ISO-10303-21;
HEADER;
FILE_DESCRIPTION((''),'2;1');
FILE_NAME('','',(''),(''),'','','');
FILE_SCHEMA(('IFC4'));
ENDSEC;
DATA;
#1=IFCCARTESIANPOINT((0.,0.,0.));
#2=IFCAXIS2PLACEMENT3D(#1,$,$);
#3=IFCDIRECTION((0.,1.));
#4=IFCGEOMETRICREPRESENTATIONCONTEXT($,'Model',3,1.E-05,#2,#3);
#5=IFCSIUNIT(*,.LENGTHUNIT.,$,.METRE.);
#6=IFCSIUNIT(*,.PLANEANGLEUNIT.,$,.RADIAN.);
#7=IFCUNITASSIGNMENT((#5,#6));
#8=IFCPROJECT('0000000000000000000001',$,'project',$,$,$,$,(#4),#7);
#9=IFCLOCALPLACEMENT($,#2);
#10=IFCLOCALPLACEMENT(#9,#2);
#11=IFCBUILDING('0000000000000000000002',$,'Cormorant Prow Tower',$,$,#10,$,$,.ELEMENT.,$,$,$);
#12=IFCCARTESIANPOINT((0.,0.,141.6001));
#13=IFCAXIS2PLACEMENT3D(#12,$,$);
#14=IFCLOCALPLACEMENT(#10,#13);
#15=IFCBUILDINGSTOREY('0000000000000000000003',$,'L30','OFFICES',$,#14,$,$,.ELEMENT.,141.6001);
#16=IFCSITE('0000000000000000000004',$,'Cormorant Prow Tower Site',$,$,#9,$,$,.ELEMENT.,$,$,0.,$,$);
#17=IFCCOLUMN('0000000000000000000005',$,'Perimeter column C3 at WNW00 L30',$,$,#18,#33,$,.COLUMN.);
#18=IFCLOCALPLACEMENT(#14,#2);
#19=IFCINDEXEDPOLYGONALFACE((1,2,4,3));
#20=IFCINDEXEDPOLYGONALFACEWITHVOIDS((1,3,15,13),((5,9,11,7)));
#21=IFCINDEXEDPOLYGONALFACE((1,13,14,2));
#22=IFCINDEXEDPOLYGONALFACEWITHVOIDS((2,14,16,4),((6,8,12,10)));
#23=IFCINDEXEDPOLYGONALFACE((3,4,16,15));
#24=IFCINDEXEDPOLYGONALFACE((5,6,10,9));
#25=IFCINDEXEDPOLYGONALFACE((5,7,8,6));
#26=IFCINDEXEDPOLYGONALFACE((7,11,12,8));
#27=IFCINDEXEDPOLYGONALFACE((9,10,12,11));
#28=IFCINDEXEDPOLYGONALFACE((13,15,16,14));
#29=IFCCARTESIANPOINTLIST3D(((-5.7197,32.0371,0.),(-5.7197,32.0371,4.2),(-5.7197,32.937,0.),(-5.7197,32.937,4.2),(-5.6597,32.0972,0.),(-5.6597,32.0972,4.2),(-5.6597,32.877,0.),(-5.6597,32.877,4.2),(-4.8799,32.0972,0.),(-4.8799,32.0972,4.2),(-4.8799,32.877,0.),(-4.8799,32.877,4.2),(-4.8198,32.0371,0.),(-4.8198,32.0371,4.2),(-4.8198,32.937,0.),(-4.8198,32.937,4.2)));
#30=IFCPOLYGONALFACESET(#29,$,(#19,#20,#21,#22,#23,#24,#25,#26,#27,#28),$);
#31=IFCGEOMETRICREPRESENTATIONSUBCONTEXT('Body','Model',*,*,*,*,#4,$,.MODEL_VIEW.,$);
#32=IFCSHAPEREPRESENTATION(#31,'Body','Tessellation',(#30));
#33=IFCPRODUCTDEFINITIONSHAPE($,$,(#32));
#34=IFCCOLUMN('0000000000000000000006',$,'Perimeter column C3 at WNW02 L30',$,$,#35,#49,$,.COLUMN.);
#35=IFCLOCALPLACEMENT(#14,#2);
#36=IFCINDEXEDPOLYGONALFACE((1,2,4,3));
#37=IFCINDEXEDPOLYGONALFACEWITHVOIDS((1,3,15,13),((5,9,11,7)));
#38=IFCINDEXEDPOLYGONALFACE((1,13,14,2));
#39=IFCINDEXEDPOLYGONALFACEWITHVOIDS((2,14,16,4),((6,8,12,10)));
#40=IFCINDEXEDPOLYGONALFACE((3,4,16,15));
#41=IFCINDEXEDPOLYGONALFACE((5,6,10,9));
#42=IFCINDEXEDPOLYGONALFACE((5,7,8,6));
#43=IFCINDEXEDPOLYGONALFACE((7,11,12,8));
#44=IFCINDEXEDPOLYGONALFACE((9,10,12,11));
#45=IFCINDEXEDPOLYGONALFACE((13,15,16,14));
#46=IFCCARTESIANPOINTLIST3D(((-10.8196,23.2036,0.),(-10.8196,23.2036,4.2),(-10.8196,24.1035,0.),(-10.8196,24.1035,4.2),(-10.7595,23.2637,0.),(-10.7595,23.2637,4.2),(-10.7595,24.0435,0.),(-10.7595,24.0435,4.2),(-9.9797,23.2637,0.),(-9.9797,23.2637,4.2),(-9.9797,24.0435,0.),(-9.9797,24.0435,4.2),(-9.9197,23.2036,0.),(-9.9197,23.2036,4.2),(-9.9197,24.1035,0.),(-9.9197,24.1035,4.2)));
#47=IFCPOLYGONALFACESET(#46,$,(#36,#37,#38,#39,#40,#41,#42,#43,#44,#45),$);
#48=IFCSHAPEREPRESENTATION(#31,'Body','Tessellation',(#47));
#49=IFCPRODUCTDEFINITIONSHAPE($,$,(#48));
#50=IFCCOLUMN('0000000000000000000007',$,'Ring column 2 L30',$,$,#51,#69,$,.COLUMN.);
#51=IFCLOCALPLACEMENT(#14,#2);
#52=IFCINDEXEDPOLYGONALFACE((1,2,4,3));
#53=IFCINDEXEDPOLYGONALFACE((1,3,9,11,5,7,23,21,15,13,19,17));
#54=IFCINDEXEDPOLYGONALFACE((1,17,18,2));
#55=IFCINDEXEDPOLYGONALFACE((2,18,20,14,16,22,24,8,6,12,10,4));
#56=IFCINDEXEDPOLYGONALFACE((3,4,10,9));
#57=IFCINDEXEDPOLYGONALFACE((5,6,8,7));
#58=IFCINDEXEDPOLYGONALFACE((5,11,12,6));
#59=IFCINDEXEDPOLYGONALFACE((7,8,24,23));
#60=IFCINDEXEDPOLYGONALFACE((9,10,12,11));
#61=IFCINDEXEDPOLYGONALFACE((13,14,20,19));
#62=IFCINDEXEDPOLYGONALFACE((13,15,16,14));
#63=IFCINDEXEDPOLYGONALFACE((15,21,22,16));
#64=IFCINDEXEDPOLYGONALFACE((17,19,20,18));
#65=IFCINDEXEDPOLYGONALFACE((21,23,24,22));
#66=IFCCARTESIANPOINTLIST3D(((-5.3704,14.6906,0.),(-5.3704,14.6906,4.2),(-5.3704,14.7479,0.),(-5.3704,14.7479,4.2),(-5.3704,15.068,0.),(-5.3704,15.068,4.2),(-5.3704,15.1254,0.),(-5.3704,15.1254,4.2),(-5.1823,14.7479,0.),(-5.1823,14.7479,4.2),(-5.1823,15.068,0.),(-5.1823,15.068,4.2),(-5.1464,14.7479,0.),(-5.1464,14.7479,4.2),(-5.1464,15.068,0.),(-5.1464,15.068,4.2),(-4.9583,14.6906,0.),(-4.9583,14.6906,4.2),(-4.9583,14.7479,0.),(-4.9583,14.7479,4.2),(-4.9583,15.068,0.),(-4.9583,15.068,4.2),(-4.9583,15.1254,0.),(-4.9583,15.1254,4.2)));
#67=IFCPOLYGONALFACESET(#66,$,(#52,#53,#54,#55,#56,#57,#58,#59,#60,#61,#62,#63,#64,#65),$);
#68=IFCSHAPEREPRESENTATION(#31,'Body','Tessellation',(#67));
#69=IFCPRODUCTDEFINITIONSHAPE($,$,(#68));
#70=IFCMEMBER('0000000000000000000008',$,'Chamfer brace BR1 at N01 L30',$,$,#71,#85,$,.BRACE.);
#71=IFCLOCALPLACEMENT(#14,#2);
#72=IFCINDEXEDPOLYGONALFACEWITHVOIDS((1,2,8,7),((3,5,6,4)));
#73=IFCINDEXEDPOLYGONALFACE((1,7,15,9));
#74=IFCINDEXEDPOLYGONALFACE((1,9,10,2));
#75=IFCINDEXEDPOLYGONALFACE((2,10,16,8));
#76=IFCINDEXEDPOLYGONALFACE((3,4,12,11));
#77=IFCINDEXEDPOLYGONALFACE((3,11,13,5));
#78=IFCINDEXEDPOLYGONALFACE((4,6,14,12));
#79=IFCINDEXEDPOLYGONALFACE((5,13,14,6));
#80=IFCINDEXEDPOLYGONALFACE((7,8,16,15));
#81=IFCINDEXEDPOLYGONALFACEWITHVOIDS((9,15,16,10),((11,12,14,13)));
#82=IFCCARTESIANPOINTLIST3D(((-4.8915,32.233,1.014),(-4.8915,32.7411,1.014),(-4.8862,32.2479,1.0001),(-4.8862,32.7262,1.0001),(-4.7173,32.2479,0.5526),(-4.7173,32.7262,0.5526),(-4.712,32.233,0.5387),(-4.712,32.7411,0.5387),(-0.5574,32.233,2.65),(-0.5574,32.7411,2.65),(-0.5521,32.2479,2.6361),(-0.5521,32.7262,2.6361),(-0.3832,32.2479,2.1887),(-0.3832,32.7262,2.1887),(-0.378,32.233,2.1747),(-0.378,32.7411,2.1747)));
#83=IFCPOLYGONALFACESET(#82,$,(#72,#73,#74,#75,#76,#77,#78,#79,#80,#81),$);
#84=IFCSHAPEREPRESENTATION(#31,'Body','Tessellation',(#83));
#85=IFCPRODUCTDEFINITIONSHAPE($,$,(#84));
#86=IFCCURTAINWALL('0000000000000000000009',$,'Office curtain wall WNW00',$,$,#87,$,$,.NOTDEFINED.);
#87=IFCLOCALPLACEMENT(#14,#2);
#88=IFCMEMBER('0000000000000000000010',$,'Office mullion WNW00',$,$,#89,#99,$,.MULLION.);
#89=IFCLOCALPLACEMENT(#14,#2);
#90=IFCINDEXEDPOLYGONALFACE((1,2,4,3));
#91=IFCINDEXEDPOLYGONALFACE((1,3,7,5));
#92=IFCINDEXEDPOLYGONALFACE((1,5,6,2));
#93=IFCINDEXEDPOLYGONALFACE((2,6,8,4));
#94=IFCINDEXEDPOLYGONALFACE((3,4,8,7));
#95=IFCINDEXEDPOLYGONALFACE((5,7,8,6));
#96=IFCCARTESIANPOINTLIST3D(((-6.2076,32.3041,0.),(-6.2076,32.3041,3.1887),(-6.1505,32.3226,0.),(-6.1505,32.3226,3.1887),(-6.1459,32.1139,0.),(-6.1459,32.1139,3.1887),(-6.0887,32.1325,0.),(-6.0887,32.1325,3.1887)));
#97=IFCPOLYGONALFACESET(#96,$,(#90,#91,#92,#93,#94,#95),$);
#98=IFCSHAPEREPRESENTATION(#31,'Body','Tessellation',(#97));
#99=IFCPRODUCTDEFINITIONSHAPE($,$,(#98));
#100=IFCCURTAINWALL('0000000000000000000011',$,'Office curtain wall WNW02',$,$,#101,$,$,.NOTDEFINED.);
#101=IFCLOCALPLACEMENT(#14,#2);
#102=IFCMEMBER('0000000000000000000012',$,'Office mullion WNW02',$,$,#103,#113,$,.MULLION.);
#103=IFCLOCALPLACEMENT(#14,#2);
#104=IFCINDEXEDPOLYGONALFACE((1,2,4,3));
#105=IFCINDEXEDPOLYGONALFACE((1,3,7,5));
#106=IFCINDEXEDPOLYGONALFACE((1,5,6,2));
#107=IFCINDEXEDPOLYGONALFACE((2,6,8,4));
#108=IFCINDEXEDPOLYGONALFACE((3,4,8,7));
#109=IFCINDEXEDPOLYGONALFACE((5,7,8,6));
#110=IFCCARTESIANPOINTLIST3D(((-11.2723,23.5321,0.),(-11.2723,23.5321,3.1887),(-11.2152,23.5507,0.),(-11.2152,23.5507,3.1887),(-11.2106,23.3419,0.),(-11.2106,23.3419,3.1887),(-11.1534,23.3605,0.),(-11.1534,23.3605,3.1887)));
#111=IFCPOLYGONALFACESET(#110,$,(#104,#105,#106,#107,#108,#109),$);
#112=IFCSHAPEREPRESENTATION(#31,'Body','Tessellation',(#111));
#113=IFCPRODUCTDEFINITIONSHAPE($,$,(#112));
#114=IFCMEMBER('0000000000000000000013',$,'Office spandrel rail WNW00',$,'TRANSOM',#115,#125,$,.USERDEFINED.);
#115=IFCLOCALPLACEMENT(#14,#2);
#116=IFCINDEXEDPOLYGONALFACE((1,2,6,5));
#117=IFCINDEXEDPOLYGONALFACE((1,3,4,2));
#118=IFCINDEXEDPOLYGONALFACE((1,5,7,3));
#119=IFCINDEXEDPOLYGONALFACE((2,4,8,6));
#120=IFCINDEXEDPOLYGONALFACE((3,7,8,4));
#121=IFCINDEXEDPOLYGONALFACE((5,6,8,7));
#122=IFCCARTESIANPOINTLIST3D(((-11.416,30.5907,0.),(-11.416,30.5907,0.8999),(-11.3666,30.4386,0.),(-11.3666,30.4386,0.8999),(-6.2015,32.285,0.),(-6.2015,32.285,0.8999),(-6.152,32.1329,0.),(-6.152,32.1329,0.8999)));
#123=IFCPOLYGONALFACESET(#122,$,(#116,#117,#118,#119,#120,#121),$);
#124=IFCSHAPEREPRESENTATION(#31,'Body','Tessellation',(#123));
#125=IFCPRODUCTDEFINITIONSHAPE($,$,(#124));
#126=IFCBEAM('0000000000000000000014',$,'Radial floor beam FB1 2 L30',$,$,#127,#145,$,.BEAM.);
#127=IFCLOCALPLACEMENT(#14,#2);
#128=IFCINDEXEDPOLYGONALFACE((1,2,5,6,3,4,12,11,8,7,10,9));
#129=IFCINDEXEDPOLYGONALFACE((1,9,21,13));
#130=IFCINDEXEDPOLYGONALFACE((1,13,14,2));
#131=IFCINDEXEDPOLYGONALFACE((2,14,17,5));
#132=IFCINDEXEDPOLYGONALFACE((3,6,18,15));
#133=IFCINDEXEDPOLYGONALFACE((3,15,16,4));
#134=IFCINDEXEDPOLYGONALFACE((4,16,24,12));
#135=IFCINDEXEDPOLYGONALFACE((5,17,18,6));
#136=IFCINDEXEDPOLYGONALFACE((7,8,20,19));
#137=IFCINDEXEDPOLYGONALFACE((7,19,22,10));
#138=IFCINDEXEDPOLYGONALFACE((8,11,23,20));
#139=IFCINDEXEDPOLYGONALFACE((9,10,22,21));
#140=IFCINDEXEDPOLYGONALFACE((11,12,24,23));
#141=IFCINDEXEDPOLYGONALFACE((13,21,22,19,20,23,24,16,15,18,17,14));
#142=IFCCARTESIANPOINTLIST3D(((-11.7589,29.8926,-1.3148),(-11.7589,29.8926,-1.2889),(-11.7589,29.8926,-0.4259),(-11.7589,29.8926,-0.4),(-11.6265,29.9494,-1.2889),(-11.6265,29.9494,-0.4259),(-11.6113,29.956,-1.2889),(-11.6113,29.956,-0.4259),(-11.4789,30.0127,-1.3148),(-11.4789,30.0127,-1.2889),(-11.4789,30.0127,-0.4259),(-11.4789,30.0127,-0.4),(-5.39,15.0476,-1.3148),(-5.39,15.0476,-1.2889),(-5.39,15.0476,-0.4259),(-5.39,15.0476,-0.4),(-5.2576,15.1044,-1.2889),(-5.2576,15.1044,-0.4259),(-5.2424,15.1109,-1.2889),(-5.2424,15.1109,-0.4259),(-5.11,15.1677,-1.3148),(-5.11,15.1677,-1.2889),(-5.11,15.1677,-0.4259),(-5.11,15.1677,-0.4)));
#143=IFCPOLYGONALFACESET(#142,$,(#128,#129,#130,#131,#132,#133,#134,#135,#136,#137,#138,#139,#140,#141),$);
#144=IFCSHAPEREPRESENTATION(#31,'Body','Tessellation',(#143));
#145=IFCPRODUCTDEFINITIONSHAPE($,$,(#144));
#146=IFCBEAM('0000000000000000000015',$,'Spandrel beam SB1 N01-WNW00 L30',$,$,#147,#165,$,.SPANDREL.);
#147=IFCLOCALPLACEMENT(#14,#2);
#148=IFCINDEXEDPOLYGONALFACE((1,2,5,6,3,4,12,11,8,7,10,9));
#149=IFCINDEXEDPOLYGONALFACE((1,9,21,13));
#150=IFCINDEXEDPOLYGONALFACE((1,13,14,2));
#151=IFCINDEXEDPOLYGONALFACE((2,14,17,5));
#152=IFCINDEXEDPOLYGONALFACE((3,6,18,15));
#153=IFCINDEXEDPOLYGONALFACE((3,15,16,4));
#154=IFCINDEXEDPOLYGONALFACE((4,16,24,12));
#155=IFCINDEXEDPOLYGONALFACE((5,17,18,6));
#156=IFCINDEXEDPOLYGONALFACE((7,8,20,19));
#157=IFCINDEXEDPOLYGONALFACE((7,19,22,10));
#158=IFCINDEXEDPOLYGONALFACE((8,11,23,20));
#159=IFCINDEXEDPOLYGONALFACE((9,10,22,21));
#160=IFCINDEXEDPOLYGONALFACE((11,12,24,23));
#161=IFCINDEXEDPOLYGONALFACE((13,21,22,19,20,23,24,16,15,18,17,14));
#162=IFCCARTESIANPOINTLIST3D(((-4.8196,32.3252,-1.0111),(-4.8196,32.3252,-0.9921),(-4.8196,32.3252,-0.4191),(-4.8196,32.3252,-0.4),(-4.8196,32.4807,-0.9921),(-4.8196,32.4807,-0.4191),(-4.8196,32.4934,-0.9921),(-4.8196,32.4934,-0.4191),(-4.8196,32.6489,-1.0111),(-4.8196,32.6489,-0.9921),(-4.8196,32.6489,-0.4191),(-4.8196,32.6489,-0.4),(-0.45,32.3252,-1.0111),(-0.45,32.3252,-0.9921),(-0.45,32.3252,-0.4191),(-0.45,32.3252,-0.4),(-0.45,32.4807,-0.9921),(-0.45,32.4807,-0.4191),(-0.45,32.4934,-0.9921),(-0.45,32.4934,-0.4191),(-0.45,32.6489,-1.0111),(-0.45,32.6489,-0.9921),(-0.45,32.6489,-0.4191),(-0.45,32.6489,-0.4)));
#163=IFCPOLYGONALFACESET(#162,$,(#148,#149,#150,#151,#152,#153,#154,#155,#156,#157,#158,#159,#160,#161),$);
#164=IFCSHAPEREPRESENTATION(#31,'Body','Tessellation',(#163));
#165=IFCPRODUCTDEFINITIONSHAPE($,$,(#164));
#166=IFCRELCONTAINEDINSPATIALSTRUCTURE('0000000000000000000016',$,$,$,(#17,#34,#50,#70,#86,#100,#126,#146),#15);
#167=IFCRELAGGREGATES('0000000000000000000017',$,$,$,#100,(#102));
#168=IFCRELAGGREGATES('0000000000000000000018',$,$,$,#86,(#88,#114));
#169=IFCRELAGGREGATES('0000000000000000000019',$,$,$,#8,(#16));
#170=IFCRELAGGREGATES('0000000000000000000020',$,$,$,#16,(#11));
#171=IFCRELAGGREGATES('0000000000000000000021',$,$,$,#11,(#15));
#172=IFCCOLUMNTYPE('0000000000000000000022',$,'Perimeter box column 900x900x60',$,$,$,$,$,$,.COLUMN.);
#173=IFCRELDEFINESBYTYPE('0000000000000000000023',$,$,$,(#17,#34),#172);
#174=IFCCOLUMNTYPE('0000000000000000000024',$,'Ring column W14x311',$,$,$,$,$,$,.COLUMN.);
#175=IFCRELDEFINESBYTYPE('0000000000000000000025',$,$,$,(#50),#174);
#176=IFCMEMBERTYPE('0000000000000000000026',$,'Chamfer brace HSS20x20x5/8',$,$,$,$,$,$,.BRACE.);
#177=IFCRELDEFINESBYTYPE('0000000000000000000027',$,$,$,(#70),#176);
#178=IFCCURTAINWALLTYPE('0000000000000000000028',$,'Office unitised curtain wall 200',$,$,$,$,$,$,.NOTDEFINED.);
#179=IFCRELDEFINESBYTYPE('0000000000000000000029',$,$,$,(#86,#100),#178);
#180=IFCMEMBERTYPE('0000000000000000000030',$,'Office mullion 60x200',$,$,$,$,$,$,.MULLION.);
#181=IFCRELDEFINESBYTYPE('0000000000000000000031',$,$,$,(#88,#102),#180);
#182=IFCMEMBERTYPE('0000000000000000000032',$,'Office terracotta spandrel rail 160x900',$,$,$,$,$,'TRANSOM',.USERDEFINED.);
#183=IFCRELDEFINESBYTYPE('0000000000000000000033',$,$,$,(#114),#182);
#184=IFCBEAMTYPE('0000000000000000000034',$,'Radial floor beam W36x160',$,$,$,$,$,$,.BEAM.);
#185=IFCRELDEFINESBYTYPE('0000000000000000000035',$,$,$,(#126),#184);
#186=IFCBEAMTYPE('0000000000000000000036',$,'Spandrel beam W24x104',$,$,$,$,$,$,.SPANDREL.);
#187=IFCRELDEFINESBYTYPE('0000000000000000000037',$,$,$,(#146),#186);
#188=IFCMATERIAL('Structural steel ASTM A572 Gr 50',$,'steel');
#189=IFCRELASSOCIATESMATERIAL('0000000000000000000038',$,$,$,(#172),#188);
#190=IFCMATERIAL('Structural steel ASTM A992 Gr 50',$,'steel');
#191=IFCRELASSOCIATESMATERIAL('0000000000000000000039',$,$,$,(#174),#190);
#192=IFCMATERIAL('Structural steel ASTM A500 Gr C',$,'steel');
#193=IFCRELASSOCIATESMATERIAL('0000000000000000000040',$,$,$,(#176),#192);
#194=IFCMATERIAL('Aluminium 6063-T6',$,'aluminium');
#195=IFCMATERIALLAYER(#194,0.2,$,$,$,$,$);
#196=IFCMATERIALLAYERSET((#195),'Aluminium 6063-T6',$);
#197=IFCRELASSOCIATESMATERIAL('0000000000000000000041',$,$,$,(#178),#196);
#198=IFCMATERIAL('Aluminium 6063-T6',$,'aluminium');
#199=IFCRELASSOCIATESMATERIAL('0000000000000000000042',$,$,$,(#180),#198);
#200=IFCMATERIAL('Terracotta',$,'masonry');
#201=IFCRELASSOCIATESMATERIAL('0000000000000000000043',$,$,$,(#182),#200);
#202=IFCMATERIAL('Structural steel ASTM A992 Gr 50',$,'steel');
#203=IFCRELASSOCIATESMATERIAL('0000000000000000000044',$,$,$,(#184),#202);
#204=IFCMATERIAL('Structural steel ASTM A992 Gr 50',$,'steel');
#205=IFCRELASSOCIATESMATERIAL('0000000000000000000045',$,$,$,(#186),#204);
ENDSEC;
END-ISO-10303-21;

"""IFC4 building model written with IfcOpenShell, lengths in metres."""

from ifc_helpers import new_model, si_unit, direction, frame, origin, origin_2d, place, context, subcontext, project, spatial, rectangle, hollow_rectangle, i_section, extrude, material, layer, layer_set, material_profile, profile_set, type_object, element, aggregate, save


model = new_model("IFC4")

# Units and contexts
model_context = context("Model", 3, precision=1e-05, world=origin(), true_north=direction((0.0, 1.0)))
body_context = subcontext(model_context, "Body", "Model", "MODEL_VIEW")
ifc_project = project(units=[si_unit("LENGTHUNIT", "METRE"), si_unit("PLANEANGLEUNIT", "RADIAN")], contexts=[model_context])

# Site, building, storey
site_placement = place(None, origin())
site = spatial("IfcSite", under=ifc_project, at=site_placement, Name="Cormorant Prow Tower Site", CompositionType="ELEMENT", RefElevation=0.0)
building_placement = place(site_placement, origin())
building = spatial("IfcBuilding", under=site, at=building_placement, Name="Cormorant Prow Tower", CompositionType="ELEMENT")
storey_placement = place(building_placement, frame((0.0, 0.0, 141.6001)))
storey = spatial("IfcBuildingStorey", under=building, at=storey_placement, Name="L30", Description="OFFICES", CompositionType="ELEMENT", Elevation=141.6001)

# Columns
ifc_material_1 = material(Name="Structural steel ASTM A572 Gr 50", Category="steel")
ifc_material_profile_1 = material_profile(ifc_material_1, hollow_rectangle(XDim=0.8999, YDim=0.8999, WallThickness=0.0601, at=origin_2d()), Name="Box 900x900x60")
ifc_profile_set_1 = profile_set([ifc_material_profile_1], Name="Structural steel ASTM A572 Gr 50")
column_type_1 = type_object("IfcColumnType", Name="Perimeter box column 900x900x60", PredefinedType="COLUMN", material=ifc_profile_set_1)
for number, where, z_axis, x_axis, name in (
    (1, (-5.2698, 32.4871, 0.0), (0.0, 0.0, 1.0), (1.0, 0.0, 0.0), "Perimeter column C3 at WNW00 L30"),
    (2, (-10.3696, 23.6536, 0.0), (0.0, 0.0, 1.0), (1.0, 0.0, 0.0), "Perimeter column C3 at WNW02 L30"),
):
    element("IfcColumn", number, at=place(storey_placement, frame(where, z_axis=z_axis, x_axis=x_axis)), inside=storey, type_object=column_type_1, Name=name, PredefinedType="COLUMN", context=body_context, shape_type="SweptSolid", body=[
        extrude(hollow_rectangle(XDim=0.8999, YDim=0.8999, WallThickness=0.0601, at=origin_2d()), origin(), (0.0, 0.0, 1.0), 4.2),
    ])
ifc_material_2 = material(Name="Structural steel ASTM A992 Gr 50", Category="steel")
ifc_material_profile_2 = material_profile(ifc_material_2, i_section(OverallWidth=0.4121, OverallDepth=0.4348, WebThickness=0.0359, FlangeThickness=0.0574, at=origin_2d()), Name="W14x311")
ifc_profile_set_2 = profile_set([ifc_material_profile_2], Name="Structural steel ASTM A992 Gr 50")
column_type_2 = type_object("IfcColumnType", Name="Ring column W14x311", PredefinedType="COLUMN", material=ifc_profile_set_2)
column_placement = place(storey_placement, frame((-5.1643, 14.908, 0.0), z_axis=(0.0, 0.0, 1.0), x_axis=(1.0, 0.0, 0.0)))
element("IfcColumn", 3, at=column_placement, inside=storey, type_object=column_type_2, Name="Ring column 2 L30", PredefinedType="COLUMN", context=body_context, shape_type="SweptSolid", body=[
    extrude(i_section(OverallWidth=0.4121, OverallDepth=0.4348, WebThickness=0.0359, FlangeThickness=0.0574, at=origin_2d()), origin(), (0.0, 0.0, 1.0), 4.2),
])

# Member
ifc_material_3 = material(Name="Structural steel ASTM A500 Gr C", Category="steel")
ifc_material_profile_3 = material_profile(ifc_material_3, hollow_rectangle(XDim=0.5081, YDim=0.5081, WallThickness=0.0149, at=origin_2d()), Name="HSS20x20x5/8")
ifc_profile_set_3 = profile_set([ifc_material_profile_3], Name="Structural steel ASTM A500 Gr C")
member_type_1 = type_object("IfcMemberType", Name="Chamfer brace HSS20x20x5/8", PredefinedType="BRACE", material=ifc_profile_set_3)
member_1_placement = place(storey_placement, frame((-4.8018, 32.4871, 0.7764), z_axis=(0.935565, 0.0, 0.353156), x_axis=(0.0, 1.0, 0.0)))
element("IfcMember", 4, at=member_1_placement, inside=storey, type_object=member_type_1, Name="Chamfer brace BR1 at N01 L30", PredefinedType="BRACE", context=body_context, shape_type="SweptSolid", body=[
    extrude(hollow_rectangle(XDim=0.5081, YDim=0.5081, WallThickness=0.0149, at=origin_2d()), origin(), (0.0, 0.0, 1.0), 4.6326),
])

# Curtain walls, members
ifc_material_4 = material(Name="Aluminium 6063-T6", Category="aluminium")
ifc_layer_1 = layer(ifc_material_4, 0.2)
ifc_layer_set_1 = layer_set([ifc_layer_1], Name="Aluminium 6063-T6")
curtain_wall_type = type_object("IfcCurtainWallType", Name="Office unitised curtain wall 200", PredefinedType="NOTDEFINED", material=ifc_layer_set_1)
curtain_wall_1_placement = place(storey_placement, origin())
curtain_wall_1 = element("IfcCurtainWall", 5, at=curtain_wall_1_placement, inside=storey, type_object=curtain_wall_type, Name="Office curtain wall WNW00", PredefinedType="NOTDEFINED")
ifc_material_5 = material(Name="Aluminium 6063-T6", Category="aluminium")
ifc_material_profile_4 = material_profile(ifc_material_5, rectangle(XDim=0.2, YDim=0.0601, at=origin_2d()), Name="Office mullion 60x200")
ifc_profile_set_4 = profile_set([ifc_material_profile_4], Name="Aluminium 6063-T6")
member_type_2 = type_object("IfcMemberType", Name="Office mullion 60x200", PredefinedType="MULLION", material=ifc_profile_set_4)
member_2_placement = place(storey_placement, frame((-6.1482, 32.2183, 0.0), z_axis=(0.0, 0.0, 1.0), x_axis=(0.309017, -0.951057, 0.0)))
member_2 = element("IfcMember", 6, at=member_2_placement, type_object=member_type_2, Name="Office mullion WNW00", PredefinedType="MULLION", context=body_context, shape_type="SweptSolid", body=[
    extrude(rectangle(XDim=0.2, YDim=0.0601, at=origin_2d()), origin(), (0.0, 0.0, 1.0), 3.1887),
])
curtain_wall_2_placement = place(storey_placement, origin())
curtain_wall_2 = element("IfcCurtainWall", 7, at=curtain_wall_2_placement, inside=storey, type_object=curtain_wall_type, Name="Office curtain wall WNW02", PredefinedType="NOTDEFINED")
member_3_placement = place(storey_placement, frame((-11.2129, 23.4463, 0.0), z_axis=(0.0, 0.0, 1.0), x_axis=(0.309017, -0.951057, 0.0)))
member_3 = element("IfcMember", 8, at=member_3_placement, type_object=member_type_2, Name="Office mullion WNW02", PredefinedType="MULLION", context=body_context, shape_type="SweptSolid", body=[
    extrude(rectangle(XDim=0.2, YDim=0.0601, at=origin_2d()), origin(), (0.0, 0.0, 1.0), 3.1887),
])
aggregate(curtain_wall_2, [member_3])

# Member
ifc_material_6 = material(Name="Terracotta", Category="masonry")
ifc_material_profile_5 = material_profile(ifc_material_6, rectangle(XDim=0.1599, YDim=0.8999, at=origin_2d()), Name="Office terracotta spandrel rail 160x900")
ifc_profile_set_5 = profile_set([ifc_material_profile_5], Name="Terracotta")
member_type_3 = type_object("IfcMemberType", Name="Office terracotta spandrel rail 160x900", ElementType="TRANSOM", PredefinedType="USERDEFINED", material=ifc_profile_set_5)
member_4_placement = place(storey_placement, frame((-6.1768, 32.209, 0.45), z_axis=(-0.951056, -0.309019, 0.0), x_axis=(0.309019, -0.951056, 0.0)))
member_4 = element("IfcMember", 9, at=member_4_placement, type_object=member_type_3, Name="Office spandrel rail WNW00", ObjectType="TRANSOM", PredefinedType="USERDEFINED", context=body_context, shape_type="SweptSolid", body=[
    extrude(rectangle(XDim=0.1599, YDim=0.8999, at=origin_2d()), origin(), (0.0, 0.0, 1.0), 5.4829),
])

# Beams
ifc_material_7 = material(Name="Structural steel ASTM A992 Gr 50", Category="steel")
ifc_material_profile_6 = material_profile(ifc_material_7, i_section(OverallWidth=0.3047, OverallDepth=0.9148, WebThickness=0.0166, FlangeThickness=0.0259, at=origin_2d()), Name="W36x160")
ifc_profile_set_6 = profile_set([ifc_material_profile_6], Name="Structural steel ASTM A992 Gr 50")
beam_type_1 = type_object("IfcBeamType", Name="Radial floor beam W36x160", PredefinedType="BEAM", material=ifc_profile_set_6)
beam_1_placement = place(storey_placement, frame((-5.25, 15.1077, -0.8574), z_axis=(-0.394273, 0.918993, 0.0), x_axis=(-0.918993, -0.394273, 0.0)))
element("IfcBeam", 10, at=beam_1_placement, inside=storey, type_object=beam_type_1, Name="Radial floor beam FB1 2 L30", PredefinedType="BEAM", context=body_context, shape_type="SweptSolid", body=[
    extrude(i_section(OverallWidth=0.3047, OverallDepth=0.9148, WebThickness=0.0166, FlangeThickness=0.0259, at=origin_2d()), origin(), (0.0, 0.0, 1.0), 16.1536),
])
ifc_material_8 = material(Name="Structural steel ASTM A992 Gr 50", Category="steel")
ifc_material_profile_7 = material_profile(ifc_material_8, i_section(OverallWidth=0.3237, OverallDepth=0.6111, WebThickness=0.0127, FlangeThickness=0.019, at=origin_2d()), Name="W24x104")
ifc_profile_set_7 = profile_set([ifc_material_profile_7], Name="Structural steel ASTM A992 Gr 50")
beam_type_2 = type_object("IfcBeamType", Name="Spandrel beam W24x104", PredefinedType="SPANDREL", material=ifc_profile_set_7)
beam_2_placement = place(storey_placement, frame((-0.45, 32.4871, -0.7056), z_axis=(-1.0, 0.0, 0.0), x_axis=(0.0, -1.0, 0.0)))
element("IfcBeam", 11, at=beam_2_placement, inside=storey, type_object=beam_type_2, Name="Spandrel beam SB1 N01-WNW00 L30", PredefinedType="SPANDREL", context=body_context, shape_type="SweptSolid", body=[
    extrude(i_section(OverallWidth=0.3237, OverallDepth=0.6111, WebThickness=0.0127, FlangeThickness=0.019, at=origin_2d()), origin(), (0.0, 0.0, 1.0), 4.3696),
])

aggregate(curtain_wall_1, [member_2, member_4])

save(model, "model.ifc")
